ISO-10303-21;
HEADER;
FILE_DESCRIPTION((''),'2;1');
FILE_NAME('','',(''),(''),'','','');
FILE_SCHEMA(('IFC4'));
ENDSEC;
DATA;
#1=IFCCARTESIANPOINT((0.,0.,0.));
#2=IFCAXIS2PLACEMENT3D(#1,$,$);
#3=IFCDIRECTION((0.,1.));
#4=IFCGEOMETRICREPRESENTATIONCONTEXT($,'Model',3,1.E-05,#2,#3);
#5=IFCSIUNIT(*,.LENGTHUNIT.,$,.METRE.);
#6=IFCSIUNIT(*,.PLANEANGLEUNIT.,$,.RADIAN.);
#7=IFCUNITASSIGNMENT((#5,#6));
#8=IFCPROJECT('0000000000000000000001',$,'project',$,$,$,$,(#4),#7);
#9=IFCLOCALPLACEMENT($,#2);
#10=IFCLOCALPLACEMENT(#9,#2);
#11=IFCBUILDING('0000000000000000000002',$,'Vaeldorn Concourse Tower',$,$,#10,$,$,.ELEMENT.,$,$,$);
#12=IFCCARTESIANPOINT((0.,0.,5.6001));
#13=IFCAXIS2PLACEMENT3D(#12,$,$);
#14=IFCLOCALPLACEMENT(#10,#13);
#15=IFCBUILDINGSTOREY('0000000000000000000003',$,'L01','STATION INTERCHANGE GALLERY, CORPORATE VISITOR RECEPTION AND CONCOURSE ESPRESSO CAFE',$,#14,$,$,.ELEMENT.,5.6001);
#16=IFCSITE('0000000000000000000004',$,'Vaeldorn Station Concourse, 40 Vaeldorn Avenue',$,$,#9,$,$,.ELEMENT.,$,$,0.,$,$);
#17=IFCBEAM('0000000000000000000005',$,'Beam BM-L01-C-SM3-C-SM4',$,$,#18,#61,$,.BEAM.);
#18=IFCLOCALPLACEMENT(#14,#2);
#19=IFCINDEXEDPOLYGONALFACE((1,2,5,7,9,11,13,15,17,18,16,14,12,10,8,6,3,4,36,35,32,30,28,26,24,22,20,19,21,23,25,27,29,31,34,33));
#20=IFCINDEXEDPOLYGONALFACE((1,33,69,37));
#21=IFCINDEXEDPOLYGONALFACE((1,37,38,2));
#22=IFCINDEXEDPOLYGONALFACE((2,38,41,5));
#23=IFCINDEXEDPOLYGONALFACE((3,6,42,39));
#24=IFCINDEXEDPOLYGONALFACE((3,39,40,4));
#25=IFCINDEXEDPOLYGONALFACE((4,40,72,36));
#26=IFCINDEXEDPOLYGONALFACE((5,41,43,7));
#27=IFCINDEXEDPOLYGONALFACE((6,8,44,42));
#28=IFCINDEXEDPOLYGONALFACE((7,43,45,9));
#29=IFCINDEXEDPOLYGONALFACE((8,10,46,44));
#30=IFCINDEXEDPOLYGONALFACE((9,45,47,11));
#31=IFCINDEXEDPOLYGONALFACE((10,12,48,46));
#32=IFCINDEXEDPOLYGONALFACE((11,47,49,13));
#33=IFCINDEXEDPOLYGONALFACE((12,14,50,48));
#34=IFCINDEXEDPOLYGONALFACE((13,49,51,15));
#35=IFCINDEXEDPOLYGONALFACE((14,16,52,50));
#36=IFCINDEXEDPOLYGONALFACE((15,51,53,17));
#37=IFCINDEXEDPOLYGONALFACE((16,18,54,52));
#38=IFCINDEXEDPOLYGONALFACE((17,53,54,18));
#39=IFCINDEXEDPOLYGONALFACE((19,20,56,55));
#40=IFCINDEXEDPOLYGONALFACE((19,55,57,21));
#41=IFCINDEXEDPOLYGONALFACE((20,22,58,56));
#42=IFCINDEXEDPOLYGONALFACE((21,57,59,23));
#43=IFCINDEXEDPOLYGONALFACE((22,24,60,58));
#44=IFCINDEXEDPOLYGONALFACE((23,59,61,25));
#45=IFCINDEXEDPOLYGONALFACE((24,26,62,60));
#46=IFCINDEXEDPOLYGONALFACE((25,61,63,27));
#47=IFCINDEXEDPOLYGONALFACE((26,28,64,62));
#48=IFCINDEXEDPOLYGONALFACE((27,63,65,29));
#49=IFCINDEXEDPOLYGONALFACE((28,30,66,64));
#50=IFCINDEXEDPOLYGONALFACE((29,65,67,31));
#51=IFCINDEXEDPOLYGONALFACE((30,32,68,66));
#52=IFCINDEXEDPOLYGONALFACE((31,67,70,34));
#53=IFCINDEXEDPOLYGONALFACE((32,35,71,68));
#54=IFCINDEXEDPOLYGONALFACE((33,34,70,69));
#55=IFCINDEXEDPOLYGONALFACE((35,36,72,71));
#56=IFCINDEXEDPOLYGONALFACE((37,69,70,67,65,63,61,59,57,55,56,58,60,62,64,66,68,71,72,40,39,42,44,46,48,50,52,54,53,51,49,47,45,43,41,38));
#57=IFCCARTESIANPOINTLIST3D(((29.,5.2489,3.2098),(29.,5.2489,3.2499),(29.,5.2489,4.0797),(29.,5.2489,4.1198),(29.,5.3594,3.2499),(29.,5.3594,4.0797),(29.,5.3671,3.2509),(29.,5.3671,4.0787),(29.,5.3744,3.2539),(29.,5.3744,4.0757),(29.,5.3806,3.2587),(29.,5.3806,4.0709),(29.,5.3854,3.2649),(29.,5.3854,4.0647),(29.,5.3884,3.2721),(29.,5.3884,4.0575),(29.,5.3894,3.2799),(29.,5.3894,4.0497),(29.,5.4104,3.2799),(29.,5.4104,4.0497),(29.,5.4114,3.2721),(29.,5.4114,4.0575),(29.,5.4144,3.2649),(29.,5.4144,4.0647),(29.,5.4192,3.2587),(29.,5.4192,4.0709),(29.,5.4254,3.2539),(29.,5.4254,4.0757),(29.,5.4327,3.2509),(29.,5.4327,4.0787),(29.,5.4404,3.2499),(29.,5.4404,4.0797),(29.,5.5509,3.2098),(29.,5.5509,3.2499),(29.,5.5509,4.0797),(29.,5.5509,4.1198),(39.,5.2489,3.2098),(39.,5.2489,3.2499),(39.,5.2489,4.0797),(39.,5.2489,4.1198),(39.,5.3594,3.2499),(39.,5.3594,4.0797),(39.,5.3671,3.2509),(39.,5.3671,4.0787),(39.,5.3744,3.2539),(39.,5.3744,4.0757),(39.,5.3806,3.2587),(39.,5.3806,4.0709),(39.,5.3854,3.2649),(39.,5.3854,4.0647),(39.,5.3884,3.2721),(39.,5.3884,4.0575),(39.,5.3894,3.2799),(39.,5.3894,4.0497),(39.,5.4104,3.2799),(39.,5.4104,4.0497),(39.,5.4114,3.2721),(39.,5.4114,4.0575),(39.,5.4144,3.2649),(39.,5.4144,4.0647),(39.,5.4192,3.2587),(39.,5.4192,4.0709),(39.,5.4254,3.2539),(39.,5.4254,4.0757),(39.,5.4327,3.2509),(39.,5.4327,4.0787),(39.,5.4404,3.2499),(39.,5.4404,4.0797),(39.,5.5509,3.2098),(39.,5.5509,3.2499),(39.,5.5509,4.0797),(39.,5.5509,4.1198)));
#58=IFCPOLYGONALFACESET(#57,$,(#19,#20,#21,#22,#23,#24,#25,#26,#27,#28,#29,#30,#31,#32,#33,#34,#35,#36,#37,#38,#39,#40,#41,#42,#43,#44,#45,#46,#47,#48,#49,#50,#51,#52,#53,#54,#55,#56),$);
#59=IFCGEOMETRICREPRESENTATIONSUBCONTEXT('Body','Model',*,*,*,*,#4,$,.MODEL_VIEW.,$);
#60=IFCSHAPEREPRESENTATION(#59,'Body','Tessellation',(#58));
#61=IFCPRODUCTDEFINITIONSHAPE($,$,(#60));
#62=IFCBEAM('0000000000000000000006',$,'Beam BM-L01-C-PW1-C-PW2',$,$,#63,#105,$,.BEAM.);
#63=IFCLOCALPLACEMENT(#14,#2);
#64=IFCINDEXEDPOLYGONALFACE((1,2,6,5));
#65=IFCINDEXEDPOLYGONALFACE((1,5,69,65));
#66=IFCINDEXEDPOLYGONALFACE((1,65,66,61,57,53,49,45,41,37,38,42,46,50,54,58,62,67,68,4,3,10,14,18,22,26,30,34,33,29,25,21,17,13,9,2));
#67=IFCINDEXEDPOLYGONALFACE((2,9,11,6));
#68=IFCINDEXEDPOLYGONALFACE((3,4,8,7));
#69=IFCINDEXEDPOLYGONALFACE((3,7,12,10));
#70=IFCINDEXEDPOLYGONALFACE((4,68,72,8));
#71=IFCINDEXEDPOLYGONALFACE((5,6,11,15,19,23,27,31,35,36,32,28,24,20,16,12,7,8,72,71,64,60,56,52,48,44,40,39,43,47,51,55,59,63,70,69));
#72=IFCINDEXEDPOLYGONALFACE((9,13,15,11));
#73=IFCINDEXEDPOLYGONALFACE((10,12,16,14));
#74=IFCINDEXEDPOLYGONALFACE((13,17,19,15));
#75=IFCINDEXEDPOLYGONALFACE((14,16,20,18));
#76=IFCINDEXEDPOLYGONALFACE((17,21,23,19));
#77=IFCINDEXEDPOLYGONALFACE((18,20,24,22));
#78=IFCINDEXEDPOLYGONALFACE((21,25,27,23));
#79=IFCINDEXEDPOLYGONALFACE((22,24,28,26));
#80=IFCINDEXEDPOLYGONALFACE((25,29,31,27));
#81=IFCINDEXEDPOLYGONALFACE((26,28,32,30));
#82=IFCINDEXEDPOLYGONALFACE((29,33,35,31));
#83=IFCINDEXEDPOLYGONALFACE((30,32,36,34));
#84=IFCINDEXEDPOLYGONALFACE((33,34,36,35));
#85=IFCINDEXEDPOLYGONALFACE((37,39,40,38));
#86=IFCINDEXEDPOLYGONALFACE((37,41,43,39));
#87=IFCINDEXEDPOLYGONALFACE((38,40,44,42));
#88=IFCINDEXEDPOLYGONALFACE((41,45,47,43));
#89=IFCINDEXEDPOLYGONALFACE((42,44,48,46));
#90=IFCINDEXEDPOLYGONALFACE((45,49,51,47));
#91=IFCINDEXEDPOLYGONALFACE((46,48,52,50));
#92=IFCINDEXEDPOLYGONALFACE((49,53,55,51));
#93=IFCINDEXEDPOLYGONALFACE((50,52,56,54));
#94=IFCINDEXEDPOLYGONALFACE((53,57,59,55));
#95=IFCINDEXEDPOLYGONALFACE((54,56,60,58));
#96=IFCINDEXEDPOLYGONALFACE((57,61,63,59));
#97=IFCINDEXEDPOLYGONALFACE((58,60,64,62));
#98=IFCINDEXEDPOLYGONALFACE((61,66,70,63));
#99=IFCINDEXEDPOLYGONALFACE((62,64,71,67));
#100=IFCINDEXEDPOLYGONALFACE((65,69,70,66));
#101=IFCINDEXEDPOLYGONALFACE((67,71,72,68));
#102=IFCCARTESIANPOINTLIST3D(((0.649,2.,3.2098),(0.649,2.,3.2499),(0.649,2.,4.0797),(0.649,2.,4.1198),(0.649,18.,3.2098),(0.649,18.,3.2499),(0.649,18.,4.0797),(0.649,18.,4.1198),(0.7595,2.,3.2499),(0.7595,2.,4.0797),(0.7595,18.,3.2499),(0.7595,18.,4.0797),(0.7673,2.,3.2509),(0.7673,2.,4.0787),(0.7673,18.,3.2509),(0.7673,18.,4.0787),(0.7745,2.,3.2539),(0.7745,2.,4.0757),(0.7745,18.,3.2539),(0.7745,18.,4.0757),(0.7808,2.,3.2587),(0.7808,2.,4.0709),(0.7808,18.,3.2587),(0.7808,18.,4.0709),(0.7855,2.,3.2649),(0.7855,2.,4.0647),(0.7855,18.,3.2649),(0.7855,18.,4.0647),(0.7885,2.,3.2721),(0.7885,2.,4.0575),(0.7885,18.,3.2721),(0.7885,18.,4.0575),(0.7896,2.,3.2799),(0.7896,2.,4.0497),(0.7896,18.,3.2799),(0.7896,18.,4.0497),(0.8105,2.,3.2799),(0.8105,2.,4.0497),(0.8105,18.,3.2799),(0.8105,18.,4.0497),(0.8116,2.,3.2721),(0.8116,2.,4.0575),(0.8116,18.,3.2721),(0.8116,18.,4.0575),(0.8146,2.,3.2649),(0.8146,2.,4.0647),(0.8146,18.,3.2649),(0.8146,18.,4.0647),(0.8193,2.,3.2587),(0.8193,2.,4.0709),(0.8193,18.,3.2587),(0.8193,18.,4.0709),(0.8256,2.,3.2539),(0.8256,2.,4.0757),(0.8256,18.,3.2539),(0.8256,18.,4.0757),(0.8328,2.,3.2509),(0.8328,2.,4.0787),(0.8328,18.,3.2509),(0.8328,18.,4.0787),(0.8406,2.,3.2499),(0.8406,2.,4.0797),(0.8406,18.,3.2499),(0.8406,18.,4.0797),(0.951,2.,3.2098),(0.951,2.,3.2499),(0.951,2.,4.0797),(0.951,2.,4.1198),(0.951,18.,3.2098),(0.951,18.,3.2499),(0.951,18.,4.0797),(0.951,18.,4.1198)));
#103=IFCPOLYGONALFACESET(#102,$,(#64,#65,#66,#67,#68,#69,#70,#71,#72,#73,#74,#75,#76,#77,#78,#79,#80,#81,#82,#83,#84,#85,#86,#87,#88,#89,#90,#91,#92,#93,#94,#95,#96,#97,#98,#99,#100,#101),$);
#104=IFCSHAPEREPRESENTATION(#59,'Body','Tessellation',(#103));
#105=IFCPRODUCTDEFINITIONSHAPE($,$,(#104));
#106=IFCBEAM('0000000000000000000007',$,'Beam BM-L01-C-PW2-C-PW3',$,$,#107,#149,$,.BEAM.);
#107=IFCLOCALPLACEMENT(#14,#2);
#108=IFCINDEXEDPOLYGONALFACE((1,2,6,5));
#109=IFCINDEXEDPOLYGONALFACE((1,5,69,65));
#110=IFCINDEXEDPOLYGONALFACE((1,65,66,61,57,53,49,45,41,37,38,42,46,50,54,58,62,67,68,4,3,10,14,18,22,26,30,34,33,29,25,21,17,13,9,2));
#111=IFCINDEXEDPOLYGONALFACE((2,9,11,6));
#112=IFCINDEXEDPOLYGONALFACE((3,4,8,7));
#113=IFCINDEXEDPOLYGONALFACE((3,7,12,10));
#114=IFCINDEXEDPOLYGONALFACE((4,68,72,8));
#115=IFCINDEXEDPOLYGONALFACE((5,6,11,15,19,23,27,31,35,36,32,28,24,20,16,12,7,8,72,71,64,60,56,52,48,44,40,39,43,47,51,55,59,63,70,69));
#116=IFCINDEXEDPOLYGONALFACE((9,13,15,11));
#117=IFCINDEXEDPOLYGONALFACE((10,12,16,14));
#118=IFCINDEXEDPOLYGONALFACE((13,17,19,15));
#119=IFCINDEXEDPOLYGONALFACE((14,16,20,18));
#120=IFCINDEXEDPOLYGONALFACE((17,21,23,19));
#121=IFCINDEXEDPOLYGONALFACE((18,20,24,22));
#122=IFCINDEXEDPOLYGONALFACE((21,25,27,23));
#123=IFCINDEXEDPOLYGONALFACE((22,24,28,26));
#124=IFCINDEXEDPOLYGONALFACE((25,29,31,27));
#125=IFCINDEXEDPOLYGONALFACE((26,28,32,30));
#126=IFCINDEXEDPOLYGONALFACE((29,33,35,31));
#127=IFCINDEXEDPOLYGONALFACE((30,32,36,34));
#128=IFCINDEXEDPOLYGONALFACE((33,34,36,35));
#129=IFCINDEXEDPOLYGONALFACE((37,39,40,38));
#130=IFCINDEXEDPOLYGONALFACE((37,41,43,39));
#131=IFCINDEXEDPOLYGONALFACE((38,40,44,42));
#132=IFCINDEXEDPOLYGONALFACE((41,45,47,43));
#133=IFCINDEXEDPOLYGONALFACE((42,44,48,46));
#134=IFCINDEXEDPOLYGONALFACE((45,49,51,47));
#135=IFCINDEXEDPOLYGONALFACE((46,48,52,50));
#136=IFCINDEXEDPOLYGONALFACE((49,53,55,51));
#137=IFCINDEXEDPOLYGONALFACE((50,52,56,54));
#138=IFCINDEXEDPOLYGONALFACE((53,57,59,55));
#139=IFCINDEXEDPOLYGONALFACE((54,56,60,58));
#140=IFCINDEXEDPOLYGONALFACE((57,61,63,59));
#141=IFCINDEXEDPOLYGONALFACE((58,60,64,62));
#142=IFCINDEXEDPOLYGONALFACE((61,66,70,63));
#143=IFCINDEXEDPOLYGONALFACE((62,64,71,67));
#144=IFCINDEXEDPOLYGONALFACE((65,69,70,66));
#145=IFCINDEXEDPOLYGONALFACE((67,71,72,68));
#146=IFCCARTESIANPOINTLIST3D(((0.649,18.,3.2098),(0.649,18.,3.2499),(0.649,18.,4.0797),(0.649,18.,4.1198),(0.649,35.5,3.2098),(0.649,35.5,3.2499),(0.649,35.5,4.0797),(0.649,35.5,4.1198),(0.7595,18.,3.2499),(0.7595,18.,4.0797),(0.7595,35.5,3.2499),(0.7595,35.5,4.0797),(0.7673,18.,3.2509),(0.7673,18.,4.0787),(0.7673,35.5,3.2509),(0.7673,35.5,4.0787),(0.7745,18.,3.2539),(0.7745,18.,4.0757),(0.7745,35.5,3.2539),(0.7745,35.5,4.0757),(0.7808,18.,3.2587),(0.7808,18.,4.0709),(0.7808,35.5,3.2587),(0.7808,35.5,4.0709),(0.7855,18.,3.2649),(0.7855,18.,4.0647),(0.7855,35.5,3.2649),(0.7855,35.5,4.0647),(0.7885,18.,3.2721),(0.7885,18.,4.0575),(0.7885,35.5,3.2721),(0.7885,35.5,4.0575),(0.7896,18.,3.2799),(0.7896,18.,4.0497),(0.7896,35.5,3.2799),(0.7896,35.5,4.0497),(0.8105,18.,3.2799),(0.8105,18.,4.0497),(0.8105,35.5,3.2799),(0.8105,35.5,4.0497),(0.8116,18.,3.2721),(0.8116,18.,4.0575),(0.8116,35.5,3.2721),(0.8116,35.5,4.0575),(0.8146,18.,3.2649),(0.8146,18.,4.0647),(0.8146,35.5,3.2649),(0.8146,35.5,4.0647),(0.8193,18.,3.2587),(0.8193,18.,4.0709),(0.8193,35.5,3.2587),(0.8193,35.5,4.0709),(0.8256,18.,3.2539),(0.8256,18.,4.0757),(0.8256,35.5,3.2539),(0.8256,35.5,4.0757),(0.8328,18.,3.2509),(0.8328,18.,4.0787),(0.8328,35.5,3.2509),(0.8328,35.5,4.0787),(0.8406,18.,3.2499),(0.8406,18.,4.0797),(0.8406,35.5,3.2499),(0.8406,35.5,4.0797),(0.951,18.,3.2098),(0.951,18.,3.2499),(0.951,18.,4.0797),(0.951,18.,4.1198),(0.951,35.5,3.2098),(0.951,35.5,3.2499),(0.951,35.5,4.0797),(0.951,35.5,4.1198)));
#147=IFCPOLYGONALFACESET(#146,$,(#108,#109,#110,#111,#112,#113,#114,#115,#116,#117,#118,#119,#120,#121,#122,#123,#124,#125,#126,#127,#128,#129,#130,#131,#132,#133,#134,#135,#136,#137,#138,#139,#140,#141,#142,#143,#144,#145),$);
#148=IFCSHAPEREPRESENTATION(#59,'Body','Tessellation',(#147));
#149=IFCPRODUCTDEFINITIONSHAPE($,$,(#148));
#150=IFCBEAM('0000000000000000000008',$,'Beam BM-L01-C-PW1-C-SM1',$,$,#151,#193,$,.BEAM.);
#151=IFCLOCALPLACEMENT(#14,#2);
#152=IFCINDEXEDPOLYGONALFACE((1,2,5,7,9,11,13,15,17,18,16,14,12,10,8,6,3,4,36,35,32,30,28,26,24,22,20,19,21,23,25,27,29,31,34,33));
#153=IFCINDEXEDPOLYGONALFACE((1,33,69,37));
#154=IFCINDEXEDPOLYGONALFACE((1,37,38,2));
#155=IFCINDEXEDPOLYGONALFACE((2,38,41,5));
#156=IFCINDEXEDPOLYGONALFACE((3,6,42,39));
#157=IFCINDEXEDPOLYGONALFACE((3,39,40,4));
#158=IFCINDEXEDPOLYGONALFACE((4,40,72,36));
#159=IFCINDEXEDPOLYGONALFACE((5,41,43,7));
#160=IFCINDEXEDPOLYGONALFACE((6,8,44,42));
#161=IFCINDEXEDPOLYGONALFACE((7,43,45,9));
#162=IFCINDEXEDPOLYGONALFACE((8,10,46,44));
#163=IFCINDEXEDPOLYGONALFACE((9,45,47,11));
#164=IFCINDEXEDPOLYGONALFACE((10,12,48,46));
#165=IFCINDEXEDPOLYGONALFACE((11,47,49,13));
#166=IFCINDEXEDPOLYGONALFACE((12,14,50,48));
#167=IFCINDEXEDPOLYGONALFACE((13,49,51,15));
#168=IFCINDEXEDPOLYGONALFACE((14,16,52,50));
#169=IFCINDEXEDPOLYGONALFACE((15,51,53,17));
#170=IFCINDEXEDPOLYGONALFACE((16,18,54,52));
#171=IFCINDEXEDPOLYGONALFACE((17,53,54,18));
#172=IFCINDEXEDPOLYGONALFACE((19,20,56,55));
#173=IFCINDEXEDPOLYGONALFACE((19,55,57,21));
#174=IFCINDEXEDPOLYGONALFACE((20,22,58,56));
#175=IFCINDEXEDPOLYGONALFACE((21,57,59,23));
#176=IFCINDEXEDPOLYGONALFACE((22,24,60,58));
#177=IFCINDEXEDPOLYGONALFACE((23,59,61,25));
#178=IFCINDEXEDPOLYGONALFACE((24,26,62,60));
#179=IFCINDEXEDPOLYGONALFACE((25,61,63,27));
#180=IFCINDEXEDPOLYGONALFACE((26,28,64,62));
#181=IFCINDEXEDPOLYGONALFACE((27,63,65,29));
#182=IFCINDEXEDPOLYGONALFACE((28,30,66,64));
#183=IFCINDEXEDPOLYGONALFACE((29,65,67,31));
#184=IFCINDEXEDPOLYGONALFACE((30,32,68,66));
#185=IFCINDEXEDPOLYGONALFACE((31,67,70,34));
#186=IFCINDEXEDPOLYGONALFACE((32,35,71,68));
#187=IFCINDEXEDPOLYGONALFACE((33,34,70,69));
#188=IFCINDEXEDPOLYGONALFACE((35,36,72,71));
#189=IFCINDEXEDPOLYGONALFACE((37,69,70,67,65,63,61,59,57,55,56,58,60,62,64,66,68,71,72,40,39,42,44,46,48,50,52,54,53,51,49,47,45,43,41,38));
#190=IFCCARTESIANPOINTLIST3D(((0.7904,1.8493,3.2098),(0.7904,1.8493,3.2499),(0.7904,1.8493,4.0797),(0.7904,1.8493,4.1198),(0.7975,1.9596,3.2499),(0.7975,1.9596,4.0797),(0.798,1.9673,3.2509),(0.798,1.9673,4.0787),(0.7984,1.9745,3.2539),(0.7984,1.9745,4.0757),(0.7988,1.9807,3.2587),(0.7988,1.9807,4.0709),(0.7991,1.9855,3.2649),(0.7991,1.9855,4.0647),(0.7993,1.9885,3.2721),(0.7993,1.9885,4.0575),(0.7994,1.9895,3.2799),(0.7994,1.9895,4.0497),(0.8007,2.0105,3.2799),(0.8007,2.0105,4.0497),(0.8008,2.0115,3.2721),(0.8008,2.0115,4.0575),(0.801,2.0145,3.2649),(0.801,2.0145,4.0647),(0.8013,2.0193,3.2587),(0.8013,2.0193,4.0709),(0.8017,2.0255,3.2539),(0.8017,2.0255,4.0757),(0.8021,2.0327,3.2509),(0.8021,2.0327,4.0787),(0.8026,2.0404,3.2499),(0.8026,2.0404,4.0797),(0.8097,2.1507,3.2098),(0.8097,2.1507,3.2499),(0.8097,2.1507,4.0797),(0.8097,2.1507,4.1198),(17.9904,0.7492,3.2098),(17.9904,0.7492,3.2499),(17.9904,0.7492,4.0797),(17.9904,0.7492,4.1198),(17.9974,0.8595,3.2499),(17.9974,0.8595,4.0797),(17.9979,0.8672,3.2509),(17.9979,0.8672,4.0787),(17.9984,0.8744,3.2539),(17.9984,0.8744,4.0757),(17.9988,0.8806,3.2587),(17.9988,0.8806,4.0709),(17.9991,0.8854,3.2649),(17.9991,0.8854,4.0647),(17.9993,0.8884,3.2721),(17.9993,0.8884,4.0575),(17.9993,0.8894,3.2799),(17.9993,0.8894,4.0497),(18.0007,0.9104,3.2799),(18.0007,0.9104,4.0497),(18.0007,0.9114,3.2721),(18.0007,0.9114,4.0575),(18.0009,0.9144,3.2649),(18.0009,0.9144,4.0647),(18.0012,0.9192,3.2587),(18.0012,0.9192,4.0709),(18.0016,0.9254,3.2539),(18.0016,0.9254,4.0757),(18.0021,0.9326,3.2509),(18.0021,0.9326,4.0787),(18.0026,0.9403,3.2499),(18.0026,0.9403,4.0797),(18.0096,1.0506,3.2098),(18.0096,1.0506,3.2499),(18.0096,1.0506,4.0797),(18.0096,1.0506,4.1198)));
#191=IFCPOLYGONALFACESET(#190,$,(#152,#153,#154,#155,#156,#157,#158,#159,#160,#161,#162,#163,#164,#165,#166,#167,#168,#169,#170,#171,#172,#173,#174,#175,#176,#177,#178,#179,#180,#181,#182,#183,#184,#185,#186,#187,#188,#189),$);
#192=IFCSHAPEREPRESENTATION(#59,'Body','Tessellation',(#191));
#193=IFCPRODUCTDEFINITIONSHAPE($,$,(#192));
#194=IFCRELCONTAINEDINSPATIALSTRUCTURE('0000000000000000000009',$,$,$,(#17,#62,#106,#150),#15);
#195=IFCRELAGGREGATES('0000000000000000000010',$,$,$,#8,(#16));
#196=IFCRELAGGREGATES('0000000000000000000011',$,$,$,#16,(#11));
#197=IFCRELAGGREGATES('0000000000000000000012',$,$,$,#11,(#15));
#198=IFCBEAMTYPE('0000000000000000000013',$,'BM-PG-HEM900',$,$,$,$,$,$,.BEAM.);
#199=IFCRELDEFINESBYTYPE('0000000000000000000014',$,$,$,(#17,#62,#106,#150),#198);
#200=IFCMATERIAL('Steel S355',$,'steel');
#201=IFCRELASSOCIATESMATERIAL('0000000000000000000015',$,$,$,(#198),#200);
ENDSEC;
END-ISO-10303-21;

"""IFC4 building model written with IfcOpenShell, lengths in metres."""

from ifc_helpers import new_model, si_unit, direction, frame, origin, origin_2d, place, context, subcontext, project, spatial, i_section, extrude, source, transform, mapped, material, material_profile, profile_set, type_object, element, save


model = new_model("IFC4")

# Units and contexts
model_context = context("Model", 3, precision=1e-05, world=origin(), true_north=direction((0.0, 1.0)))
body_context = subcontext(model_context, "Body", "Model", "MODEL_VIEW")
ifc_project = project(units=[si_unit("LENGTHUNIT", "METRE"), si_unit("PLANEANGLEUNIT", "RADIAN")], contexts=[model_context])

# Site, building, storey
site_placement = place(None, origin())
site = spatial("IfcSite", under=ifc_project, at=site_placement, Name="Vaeldorn Station Concourse, 40 Vaeldorn Avenue", CompositionType="ELEMENT", RefElevation=0.0)
building_placement = place(site_placement, origin())
building = spatial("IfcBuilding", under=site, at=building_placement, Name="Vaeldorn Concourse Tower", CompositionType="ELEMENT")
storey_placement = place(building_placement, frame((0.0, 0.0, 5.6001)))
storey = spatial("IfcBuildingStorey", under=building, at=storey_placement, Name="L01", Description="STATION INTERCHANGE GALLERY, CORPORATE VISITOR RECEPTION AND CONCOURSE ESPRESSO CAFE", CompositionType="ELEMENT", Elevation=5.6001)

# Beams
ifc_material_1 = material(Name="Steel S355", Category="steel")
ifc_material_profile_1 = material_profile(ifc_material_1, i_section(OverallWidth=0.302, OverallDepth=0.9099, WebThickness=0.021, FlangeThickness=0.04, FilletRadius=0.03, at=origin_2d()), Name="HEM 900")
ifc_profile_set_1 = profile_set([ifc_material_profile_1], Name="Steel S355")
beam_type_1 = type_object("IfcBeamType", Name="BM-PG-HEM900", PredefinedType="BEAM", material=ifc_profile_set_1)
shared_shape_1 = source(origin(), body_context, "Body", "SweptSolid", [
    extrude(i_section(OverallWidth=0.302, OverallDepth=0.9099, WebThickness=0.021, FlangeThickness=0.04, FilletRadius=0.03, at=origin_2d()), origin(), (0.0, 0.0, 1.0), 10.0),
])
beam_1_placement = place(storey_placement, frame((29.0, 5.3999, 3.6648), z_axis=(1.0, 0.0, 0.0), x_axis=(0.0, 1.0, 0.0)))
element("IfcBeam", 1, at=beam_1_placement, inside=storey, type_object=beam_type_1, Name="Beam BM-L01-C-SM3-C-SM4", PredefinedType="BEAM", context=body_context, shape_type="MappedRepresentation", body=[
    mapped(shared_shape_1, transform((0.0, 0.0, 0.0), scale=1.0)),
])
shared_shape_2 = source(origin(), body_context, "Body", "SweptSolid", [
    extrude(i_section(OverallWidth=0.302, OverallDepth=0.9099, WebThickness=0.021, FlangeThickness=0.04, FilletRadius=0.03, at=origin_2d()), origin(), (0.0, 0.0, 1.0), 16.0),
])
beam_2_placement = place(storey_placement, frame((0.8, 2.0, 3.6648), z_axis=(0.0, 1.0, 0.0), x_axis=(-1.0, 0.0, 0.0)))
element("IfcBeam", 2, at=beam_2_placement, inside=storey, type_object=beam_type_1, Name="Beam BM-L01-C-PW1-C-PW2", PredefinedType="BEAM", context=body_context, shape_type="MappedRepresentation", body=[
    mapped(shared_shape_2, transform((0.0, 0.0, 0.0), scale=1.0)),
])
shared_shape_3 = source(origin(), body_context, "Body", "SweptSolid", [
    extrude(i_section(OverallWidth=0.302, OverallDepth=0.9099, WebThickness=0.021, FlangeThickness=0.04, FilletRadius=0.03, at=origin_2d()), origin(), (0.0, 0.0, 1.0), 17.5),
])
beam_3_placement = place(storey_placement, frame((0.8, 18.0, 3.6648), z_axis=(0.0, 1.0, 0.0), x_axis=(-1.0, 0.0, 0.0)))
element("IfcBeam", 3, at=beam_3_placement, inside=storey, type_object=beam_type_1, Name="Beam BM-L01-C-PW2-C-PW3", PredefinedType="BEAM", context=body_context, shape_type="MappedRepresentation", body=[
    mapped(shared_shape_3, transform((0.0, 0.0, 0.0), scale=1.0)),
])
shared_shape_4 = source(origin(), body_context, "Body", "SweptSolid", [
    extrude(i_section(OverallWidth=0.302, OverallDepth=0.9099, WebThickness=0.021, FlangeThickness=0.04, FilletRadius=0.03, at=origin_2d()), origin(), (0.0, 0.0, 1.0), 17.2351),
])
beam_4_placement = place(storey_placement, frame((0.8, 2.0, 3.6648), z_axis=(0.997961, -0.063829, 0.0), x_axis=(0.063829, 0.997961, 0.0)))
element("IfcBeam", 4, at=beam_4_placement, inside=storey, type_object=beam_type_1, Name="Beam BM-L01-C-PW1-C-SM1", PredefinedType="BEAM", context=body_context, shape_type="MappedRepresentation", body=[
    mapped(shared_shape_4, transform((0.0, 0.0, 0.0), scale=1.0)),
])

save(model, "model.ifc")
